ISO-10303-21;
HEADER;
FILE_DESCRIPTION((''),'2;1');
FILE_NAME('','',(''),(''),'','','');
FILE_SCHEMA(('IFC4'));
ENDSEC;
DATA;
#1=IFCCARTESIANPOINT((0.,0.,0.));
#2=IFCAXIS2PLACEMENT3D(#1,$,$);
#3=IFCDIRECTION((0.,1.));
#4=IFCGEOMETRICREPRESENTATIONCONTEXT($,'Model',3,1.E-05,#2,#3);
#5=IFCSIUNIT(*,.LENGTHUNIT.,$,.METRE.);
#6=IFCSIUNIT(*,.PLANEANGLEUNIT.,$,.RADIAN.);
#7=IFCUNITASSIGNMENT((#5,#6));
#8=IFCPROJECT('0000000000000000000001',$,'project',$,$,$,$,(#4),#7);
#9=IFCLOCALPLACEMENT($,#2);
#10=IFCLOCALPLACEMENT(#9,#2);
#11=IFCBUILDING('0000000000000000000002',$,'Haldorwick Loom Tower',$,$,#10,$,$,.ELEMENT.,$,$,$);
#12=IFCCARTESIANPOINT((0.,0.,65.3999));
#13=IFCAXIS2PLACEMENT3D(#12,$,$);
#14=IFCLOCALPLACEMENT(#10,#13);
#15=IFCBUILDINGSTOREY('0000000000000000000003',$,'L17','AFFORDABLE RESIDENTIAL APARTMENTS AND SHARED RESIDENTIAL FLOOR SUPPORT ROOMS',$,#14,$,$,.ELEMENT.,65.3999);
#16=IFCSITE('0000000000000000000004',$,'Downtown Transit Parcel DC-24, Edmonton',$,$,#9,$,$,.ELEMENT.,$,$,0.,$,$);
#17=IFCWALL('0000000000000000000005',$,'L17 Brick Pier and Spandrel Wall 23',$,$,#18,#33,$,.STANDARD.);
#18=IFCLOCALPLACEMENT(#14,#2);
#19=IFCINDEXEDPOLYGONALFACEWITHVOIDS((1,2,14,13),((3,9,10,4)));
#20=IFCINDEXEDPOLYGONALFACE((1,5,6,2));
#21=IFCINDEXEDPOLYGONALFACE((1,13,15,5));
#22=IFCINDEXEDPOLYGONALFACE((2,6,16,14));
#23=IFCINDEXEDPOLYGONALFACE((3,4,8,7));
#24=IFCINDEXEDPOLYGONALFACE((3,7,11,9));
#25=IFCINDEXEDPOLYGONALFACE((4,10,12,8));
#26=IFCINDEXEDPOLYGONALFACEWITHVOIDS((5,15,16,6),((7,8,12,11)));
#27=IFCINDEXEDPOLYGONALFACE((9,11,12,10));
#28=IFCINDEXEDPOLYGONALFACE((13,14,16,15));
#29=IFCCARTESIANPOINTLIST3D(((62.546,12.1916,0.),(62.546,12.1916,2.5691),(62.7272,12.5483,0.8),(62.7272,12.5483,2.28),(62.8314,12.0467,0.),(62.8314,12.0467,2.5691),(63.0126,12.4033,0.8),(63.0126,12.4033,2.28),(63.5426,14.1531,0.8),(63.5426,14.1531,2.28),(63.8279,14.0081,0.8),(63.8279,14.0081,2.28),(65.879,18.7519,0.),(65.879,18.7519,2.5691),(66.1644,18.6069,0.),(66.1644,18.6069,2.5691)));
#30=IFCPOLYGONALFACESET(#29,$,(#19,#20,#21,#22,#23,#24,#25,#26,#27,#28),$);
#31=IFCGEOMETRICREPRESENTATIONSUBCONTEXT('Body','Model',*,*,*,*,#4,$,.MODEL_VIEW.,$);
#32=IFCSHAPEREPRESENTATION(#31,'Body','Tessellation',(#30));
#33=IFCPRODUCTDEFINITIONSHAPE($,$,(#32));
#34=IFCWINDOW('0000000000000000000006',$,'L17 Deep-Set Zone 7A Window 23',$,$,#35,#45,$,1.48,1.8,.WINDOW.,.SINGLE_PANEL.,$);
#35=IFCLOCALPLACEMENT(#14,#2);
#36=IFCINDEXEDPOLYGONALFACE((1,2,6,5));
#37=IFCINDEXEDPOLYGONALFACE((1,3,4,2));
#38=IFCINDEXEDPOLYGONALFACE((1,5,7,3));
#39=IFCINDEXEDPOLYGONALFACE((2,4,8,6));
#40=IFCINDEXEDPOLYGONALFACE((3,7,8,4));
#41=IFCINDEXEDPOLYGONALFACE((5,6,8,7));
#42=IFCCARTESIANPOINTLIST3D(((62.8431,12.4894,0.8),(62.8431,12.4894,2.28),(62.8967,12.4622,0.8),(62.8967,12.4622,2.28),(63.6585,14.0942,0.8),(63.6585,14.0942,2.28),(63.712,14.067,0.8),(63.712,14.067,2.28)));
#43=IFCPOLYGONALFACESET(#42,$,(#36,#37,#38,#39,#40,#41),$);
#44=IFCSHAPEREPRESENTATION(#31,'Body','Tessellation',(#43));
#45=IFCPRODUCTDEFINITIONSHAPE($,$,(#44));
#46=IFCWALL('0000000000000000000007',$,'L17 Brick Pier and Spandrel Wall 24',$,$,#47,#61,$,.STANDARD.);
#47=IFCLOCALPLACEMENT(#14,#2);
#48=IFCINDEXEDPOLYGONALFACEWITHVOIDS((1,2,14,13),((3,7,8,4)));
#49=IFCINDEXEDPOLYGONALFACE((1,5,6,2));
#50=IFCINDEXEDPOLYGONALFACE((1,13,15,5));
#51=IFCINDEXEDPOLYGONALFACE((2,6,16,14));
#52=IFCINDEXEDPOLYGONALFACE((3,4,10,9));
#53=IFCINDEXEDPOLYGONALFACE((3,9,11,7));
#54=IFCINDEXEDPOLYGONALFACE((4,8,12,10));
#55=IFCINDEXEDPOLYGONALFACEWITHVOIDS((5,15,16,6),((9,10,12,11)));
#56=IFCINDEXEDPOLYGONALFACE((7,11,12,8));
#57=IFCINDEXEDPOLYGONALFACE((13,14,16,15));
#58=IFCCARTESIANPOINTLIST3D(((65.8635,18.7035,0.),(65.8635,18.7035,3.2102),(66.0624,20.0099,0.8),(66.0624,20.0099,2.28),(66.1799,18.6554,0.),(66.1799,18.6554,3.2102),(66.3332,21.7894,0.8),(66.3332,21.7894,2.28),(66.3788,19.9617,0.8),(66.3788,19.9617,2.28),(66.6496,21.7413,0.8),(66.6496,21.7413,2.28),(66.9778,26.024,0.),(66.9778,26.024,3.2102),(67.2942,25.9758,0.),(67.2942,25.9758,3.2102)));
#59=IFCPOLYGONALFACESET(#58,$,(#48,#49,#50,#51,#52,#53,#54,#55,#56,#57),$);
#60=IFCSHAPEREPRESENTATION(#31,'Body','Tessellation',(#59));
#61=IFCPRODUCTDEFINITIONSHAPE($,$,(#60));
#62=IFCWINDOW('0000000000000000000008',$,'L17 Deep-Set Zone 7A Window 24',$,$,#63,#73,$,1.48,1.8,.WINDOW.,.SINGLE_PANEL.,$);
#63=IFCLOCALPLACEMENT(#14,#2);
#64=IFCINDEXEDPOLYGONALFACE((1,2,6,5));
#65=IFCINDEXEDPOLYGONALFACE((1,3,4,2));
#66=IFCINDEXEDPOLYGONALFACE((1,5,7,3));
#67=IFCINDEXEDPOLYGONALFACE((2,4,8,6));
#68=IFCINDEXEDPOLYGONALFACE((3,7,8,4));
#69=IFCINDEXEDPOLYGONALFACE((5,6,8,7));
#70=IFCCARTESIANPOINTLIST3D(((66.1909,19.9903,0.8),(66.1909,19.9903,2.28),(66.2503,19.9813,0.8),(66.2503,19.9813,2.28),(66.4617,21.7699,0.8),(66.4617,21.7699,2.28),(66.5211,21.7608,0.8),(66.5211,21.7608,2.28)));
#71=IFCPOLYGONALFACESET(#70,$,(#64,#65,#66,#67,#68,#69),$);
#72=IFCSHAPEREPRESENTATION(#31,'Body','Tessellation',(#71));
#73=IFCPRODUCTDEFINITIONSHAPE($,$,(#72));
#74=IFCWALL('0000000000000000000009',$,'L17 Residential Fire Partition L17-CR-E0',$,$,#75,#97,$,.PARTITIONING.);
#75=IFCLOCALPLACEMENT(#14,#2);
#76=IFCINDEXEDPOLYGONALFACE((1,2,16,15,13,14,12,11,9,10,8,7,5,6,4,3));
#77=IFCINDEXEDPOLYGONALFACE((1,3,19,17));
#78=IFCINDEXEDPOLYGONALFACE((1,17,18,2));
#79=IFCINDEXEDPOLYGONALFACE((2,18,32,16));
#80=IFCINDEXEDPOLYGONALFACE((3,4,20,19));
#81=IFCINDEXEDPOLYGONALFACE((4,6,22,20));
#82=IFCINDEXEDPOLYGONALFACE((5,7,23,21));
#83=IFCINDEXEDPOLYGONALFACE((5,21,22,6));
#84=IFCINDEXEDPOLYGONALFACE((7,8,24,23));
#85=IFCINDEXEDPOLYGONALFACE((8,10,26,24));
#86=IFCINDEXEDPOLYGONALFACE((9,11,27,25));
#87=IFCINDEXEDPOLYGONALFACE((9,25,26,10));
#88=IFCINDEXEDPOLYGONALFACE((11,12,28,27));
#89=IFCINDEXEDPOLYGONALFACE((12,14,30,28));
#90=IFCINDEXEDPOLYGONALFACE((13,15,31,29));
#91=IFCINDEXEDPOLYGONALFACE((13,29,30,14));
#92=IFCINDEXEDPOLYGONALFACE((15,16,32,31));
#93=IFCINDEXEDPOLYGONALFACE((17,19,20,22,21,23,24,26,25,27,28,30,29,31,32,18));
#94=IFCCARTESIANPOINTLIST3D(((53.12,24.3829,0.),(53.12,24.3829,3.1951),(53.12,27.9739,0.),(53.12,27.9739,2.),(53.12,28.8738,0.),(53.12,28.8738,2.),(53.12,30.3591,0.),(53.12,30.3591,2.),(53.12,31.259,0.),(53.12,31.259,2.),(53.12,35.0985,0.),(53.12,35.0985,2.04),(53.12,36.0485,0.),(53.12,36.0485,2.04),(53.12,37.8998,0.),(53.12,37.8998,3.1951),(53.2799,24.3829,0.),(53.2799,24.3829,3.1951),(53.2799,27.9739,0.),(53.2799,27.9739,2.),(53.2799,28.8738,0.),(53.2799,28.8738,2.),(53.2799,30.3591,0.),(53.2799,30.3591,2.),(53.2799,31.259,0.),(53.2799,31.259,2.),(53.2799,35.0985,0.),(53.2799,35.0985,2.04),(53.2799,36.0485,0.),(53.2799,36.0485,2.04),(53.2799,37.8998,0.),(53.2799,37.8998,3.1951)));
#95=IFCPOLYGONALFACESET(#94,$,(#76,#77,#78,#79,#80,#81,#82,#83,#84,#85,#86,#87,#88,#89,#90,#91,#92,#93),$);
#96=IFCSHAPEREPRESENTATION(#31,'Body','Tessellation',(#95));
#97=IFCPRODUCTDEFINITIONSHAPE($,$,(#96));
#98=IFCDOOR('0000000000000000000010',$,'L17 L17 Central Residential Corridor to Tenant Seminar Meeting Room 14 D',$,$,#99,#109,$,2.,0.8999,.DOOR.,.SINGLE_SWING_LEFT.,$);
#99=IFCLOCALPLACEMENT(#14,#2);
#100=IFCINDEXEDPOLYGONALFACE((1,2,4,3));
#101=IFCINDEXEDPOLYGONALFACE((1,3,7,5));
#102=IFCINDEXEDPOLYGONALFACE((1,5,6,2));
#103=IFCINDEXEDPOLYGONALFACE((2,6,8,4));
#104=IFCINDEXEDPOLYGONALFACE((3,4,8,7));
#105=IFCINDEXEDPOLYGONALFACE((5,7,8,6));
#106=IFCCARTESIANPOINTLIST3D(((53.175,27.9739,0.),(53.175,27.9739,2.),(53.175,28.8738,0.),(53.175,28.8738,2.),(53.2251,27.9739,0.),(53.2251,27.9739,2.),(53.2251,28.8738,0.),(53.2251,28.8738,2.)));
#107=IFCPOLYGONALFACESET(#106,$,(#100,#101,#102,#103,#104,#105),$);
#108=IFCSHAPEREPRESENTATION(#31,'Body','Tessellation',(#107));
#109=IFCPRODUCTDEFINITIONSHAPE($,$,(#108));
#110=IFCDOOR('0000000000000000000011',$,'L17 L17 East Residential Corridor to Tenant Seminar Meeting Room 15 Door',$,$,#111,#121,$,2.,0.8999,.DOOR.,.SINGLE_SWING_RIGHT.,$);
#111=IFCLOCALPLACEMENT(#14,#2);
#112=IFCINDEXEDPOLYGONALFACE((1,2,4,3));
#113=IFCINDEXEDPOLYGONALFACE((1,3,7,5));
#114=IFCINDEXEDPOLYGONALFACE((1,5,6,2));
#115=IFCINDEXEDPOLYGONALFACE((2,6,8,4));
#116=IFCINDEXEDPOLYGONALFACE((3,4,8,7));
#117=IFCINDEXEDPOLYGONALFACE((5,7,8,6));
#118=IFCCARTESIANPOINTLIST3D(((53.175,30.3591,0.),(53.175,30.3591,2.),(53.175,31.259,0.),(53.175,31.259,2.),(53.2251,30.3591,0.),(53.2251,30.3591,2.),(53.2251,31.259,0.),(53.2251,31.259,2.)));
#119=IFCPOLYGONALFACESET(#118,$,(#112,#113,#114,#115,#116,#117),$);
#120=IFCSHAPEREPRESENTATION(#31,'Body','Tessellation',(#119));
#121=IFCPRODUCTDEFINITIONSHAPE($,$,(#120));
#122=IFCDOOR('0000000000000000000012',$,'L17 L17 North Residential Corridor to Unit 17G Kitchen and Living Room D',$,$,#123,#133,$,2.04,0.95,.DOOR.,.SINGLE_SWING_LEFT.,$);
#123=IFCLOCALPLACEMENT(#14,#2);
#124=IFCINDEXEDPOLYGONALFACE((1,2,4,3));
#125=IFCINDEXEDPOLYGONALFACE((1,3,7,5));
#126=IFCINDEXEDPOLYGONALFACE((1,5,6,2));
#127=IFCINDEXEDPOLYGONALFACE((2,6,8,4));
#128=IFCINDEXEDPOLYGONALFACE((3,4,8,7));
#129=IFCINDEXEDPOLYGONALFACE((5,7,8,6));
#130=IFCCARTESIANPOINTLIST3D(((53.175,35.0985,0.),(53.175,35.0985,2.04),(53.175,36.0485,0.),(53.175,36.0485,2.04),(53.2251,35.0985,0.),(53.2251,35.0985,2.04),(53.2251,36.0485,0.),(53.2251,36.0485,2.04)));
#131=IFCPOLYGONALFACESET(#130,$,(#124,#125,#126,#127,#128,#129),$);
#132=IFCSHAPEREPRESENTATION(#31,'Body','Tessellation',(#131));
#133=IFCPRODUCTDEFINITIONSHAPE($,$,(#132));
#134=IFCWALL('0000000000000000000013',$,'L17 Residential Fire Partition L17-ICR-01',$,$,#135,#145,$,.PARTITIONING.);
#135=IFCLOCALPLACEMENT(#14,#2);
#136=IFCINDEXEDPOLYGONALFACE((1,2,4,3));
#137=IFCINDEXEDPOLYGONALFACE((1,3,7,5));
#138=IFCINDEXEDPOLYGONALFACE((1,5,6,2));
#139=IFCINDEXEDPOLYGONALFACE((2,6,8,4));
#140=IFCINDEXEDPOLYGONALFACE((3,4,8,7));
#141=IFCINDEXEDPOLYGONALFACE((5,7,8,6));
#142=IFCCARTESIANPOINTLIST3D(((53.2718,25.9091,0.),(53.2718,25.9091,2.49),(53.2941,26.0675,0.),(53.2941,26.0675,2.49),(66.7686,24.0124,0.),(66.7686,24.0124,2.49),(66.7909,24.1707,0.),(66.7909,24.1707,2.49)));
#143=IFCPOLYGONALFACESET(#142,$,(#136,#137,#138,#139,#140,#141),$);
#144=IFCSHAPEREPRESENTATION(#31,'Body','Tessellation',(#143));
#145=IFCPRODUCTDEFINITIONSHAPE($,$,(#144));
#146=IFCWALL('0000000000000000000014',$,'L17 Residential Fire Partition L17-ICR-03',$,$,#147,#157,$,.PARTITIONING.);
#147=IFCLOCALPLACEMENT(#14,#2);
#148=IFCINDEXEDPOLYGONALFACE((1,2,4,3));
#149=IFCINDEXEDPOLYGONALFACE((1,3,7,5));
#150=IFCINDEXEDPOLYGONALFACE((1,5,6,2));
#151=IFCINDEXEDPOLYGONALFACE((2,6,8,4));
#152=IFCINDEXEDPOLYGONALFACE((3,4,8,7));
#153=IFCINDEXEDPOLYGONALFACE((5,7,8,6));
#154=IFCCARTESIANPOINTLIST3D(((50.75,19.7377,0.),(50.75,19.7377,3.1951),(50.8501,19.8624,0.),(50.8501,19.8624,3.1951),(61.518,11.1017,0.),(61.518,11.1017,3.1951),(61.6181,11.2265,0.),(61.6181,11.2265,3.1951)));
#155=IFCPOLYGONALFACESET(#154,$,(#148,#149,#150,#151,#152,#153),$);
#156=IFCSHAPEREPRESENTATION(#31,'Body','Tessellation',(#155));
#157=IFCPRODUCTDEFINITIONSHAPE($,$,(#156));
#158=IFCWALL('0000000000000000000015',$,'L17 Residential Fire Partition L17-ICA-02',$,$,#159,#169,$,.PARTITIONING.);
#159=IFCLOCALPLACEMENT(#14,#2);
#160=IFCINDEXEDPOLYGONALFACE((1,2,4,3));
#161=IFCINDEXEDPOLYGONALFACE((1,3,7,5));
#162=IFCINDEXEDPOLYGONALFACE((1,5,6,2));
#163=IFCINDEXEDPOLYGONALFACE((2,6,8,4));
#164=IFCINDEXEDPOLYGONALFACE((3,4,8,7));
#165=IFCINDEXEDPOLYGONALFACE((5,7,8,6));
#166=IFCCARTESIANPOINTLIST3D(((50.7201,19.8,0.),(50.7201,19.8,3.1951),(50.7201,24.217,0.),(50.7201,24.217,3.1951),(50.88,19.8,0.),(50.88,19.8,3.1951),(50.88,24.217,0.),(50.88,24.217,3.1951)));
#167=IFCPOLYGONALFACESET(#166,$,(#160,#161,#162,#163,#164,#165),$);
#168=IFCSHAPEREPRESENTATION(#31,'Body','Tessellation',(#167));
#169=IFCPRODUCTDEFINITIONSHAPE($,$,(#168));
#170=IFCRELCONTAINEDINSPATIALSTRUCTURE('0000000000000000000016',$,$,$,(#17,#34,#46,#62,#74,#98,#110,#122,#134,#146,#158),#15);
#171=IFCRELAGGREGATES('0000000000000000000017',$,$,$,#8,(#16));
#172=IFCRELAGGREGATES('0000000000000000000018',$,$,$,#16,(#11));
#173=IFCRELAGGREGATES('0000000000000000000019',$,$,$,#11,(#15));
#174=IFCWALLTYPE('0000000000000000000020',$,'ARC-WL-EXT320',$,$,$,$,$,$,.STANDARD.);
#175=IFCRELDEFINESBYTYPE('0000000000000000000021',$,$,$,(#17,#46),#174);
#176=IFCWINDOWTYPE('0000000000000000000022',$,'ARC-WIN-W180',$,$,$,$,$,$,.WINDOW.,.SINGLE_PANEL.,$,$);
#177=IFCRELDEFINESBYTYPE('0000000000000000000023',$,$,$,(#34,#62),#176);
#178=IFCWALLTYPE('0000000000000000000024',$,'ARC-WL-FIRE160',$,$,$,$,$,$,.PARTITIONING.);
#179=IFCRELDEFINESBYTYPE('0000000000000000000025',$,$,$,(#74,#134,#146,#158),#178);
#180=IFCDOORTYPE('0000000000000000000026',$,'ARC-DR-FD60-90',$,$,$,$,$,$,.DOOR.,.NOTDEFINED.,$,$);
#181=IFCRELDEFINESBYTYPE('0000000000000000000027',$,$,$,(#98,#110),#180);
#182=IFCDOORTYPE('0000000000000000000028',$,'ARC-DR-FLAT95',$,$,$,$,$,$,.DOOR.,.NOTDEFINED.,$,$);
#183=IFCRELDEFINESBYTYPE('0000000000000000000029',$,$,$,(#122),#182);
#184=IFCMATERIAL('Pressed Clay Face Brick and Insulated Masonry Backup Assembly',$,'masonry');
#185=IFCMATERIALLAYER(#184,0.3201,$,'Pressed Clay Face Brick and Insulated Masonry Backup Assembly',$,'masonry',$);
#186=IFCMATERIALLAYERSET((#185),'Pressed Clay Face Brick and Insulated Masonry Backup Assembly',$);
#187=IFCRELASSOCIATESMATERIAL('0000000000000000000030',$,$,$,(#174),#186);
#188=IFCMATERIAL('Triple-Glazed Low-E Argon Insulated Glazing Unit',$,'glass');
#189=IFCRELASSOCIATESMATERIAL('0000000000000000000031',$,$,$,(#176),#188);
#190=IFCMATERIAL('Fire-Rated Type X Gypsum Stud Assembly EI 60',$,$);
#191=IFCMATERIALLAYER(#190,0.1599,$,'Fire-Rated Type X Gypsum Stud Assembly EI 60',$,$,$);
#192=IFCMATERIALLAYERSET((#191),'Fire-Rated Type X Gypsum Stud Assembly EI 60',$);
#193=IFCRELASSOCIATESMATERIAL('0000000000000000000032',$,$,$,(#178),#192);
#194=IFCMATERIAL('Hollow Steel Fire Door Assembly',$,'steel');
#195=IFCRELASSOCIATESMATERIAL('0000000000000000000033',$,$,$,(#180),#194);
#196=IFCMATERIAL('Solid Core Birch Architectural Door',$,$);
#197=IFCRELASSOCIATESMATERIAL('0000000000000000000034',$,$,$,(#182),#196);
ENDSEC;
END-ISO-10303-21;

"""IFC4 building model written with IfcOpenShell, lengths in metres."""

from ifc_helpers import new_model, si_unit, direction, frame, frame_2d, origin, place, context, subcontext, project, spatial, rectangle, extrude, material, layer, layer_set, type_object, element, fill, save


model = new_model("IFC4")

# Units and contexts
model_context = context("Model", 3, precision=1e-05, world=origin(), true_north=direction((0.0, 1.0)))
body_context = subcontext(model_context, "Body", "Model", "MODEL_VIEW")
ifc_project = project(units=[si_unit("LENGTHUNIT", "METRE"), si_unit("PLANEANGLEUNIT", "RADIAN")], contexts=[model_context])

# Site, building, storey
site_placement = place(None, origin())
site = spatial("IfcSite", under=ifc_project, at=site_placement, Name="Downtown Transit Parcel DC-24, Edmonton", CompositionType="ELEMENT", RefElevation=0.0)
building_placement = place(site_placement, origin())
building = spatial("IfcBuilding", under=site, at=building_placement, Name="Haldorwick Loom Tower", CompositionType="ELEMENT")
storey_placement = place(building_placement, frame((0.0, 0.0, 65.3999)))
storey = spatial("IfcBuildingStorey", under=building, at=storey_placement, Name="L17", Description="AFFORDABLE RESIDENTIAL APARTMENTS AND SHARED RESIDENTIAL FLOOR SUPPORT ROOMS", CompositionType="ELEMENT", Elevation=65.3999)

# Shared definitions
ifc_material_1 = material(Name="Pressed Clay Face Brick and Insulated Masonry Backup Assembly", Category="masonry")
ifc_layer_1 = layer(ifc_material_1, 0.3201, Name="Pressed Clay Face Brick and Insulated Masonry Backup Assembly", Category="masonry")
ifc_layer_set_1 = layer_set([ifc_layer_1], Name="Pressed Clay Face Brick and Insulated Masonry Backup Assembly")
wall_type_1 = type_object("IfcWallType", Name="ARC-WL-EXT320", PredefinedType="STANDARD", material=ifc_layer_set_1)
ifc_material_2 = material(Name="Triple-Glazed Low-E Argon Insulated Glazing Unit", Category="glass")
window_type = type_object("IfcWindowType", Name="ARC-WIN-W180", PartitioningType="SINGLE_PANEL", PredefinedType="WINDOW", material=ifc_material_2)

# Walls, openings, windows
wall_1_placement = place(storey_placement, frame((62.6887, 12.1191, 0.0), z_axis=(0.0, 0.0, 1.0), x_axis=(0.452951, 0.891535, 0.0)))
wall_1 = element("IfcWall", 1, at=wall_1_placement, inside=storey, type_object=wall_type_1, Name="L17 Brick Pier and Spandrel Wall 23", PredefinedType="STANDARD", context=body_context, shape_type="SweptSolid", body=[
    extrude(rectangle(XDim=7.3584, YDim=0.3201, at=frame_2d((3.6792, 0.0))), origin(), (0.0, 0.0, 1.0), 2.5691),
])
opening_1_placement = place(wall_1_placement, frame((0.4001, 0.0, 0.8)))
opening_1 = element("IfcOpeningElement", 2, at=opening_1_placement, cuts=wall_1, PredefinedType="OPENING", context=body_context, shape_type="SweptSolid", body=[
    extrude(rectangle(XDim=1.8, YDim=1.48, at=frame_2d((0.8999, 0.74))), frame((0.0, 0.1699, 0.0), z_axis=(0.0, -1.0, 0.0), x_axis=(1.0, 0.0, 0.0)), (0.0, 0.0, 1.0), 0.3401),
])
window_1_placement = place(opening_1_placement, origin())
window_1 = element("IfcWindow", 3, at=window_1_placement, inside=storey, type_object=window_type, Name="L17 Deep-Set Zone 7A Window 23", OverallHeight=1.48, OverallWidth=1.8, PartitioningType="SINGLE_PANEL", PredefinedType="WINDOW", context=body_context, shape_type="SweptSolid", body=[
    extrude(rectangle(XDim=1.8, YDim=1.48, at=frame_2d((0.8999, 0.74))), frame((0.0, 0.03, 0.0), z_axis=(0.0, -1.0, 0.0), x_axis=(1.0, 0.0, 0.0)), (0.0, 0.0, 1.0), 0.0601),
])
fill(opening_1, window_1)
wall_2_placement = place(storey_placement, frame((66.0217, 18.6794, 0.0), z_axis=(0.0, 0.0, 1.0), x_axis=(0.150476, 0.988614, 0.0)))
wall_2 = element("IfcWall", 4, at=wall_2_placement, inside=storey, type_object=wall_type_1, Name="L17 Brick Pier and Spandrel Wall 24", PredefinedType="STANDARD", context=body_context, shape_type="SweptSolid", body=[
    extrude(rectangle(XDim=7.4048, YDim=0.3201, at=frame_2d((3.7024, 0.0))), origin(), (0.0, 0.0, 1.0), 3.2102),
])
opening_2_placement = place(wall_2_placement, frame((1.3215, 0.0, 0.8)))
opening_2 = element("IfcOpeningElement", 5, at=opening_2_placement, cuts=wall_2, PredefinedType="OPENING", context=body_context, shape_type="SweptSolid", body=[
    extrude(rectangle(XDim=1.8, YDim=1.48, at=frame_2d((0.8999, 0.74))), frame((0.0, 0.1699, 0.0), z_axis=(0.0, -1.0, 0.0), x_axis=(1.0, 0.0, 0.0)), (0.0, 0.0, 1.0), 0.3401),
])
window_2_placement = place(opening_2_placement, origin())
window_2 = element("IfcWindow", 6, at=window_2_placement, inside=storey, type_object=window_type, Name="L17 Deep-Set Zone 7A Window 24", OverallHeight=1.48, OverallWidth=1.8, PartitioningType="SINGLE_PANEL", PredefinedType="WINDOW", context=body_context, shape_type="SweptSolid", body=[
    extrude(rectangle(XDim=1.8, YDim=1.48, at=frame_2d((0.8999, 0.74))), frame((0.0, 0.03, 0.0), z_axis=(0.0, -1.0, 0.0), x_axis=(1.0, 0.0, 0.0)), (0.0, 0.0, 1.0), 0.0601),
])
fill(opening_2, window_2)

# Wall, openings, doors
ifc_material_3 = material(Name="Fire-Rated Type X Gypsum Stud Assembly EI 60")
ifc_layer_2 = layer(ifc_material_3, 0.1599, Name="Fire-Rated Type X Gypsum Stud Assembly EI 60")
ifc_layer_set_2 = layer_set([ifc_layer_2], Name="Fire-Rated Type X Gypsum Stud Assembly EI 60")
wall_type_2 = type_object("IfcWallType", Name="ARC-WL-FIRE160", PredefinedType="PARTITIONING", material=ifc_layer_set_2)
wall_3_placement = place(storey_placement, frame((53.2, 24.3831, 0.0), z_axis=(0.0, 0.0, 1.0), x_axis=(0.0, 1.0, 0.0)))
wall_3 = element("IfcWall", 7, at=wall_3_placement, inside=storey, type_object=wall_type_2, Name="L17 Residential Fire Partition L17-CR-E0", PredefinedType="PARTITIONING", context=body_context, shape_type="SweptSolid", body=[
    extrude(rectangle(XDim=13.5168, YDim=0.1599, at=frame_2d((6.7583, 0.0))), origin(), (0.0, 0.0, 1.0), 3.1951),
])
opening_3_placement = place(wall_3_placement, frame((10.7153, 0.0, 0.0)))
opening_3 = element("IfcOpeningElement", 8, at=opening_3_placement, cuts=wall_3, PredefinedType="OPENING", context=body_context, shape_type="SweptSolid", body=[
    extrude(rectangle(XDim=0.95, YDim=2.04, at=frame_2d((0.4751, 1.02))), frame((0.0, 0.0898, 0.0), z_axis=(0.0, -1.0, 0.0), x_axis=(1.0, 0.0, 0.0)), (0.0, 0.0, 1.0), 0.1799),
])
opening_4_placement = place(wall_3_placement, frame((3.5908, 0.0, 0.0)))
opening_4 = element("IfcOpeningElement", 9, at=opening_4_placement, cuts=wall_3, PredefinedType="OPENING", context=body_context, shape_type="SweptSolid", body=[
    extrude(rectangle(XDim=0.8999, YDim=2.0, at=frame_2d((0.45, 1.0))), frame((0.0, 0.0898, 0.0), z_axis=(0.0, -1.0, 0.0), x_axis=(1.0, 0.0, 0.0)), (0.0, 0.0, 1.0), 0.1799),
])
opening_5_placement = place(wall_3_placement, frame((5.9761, 0.0, 0.0)))
opening_5 = element("IfcOpeningElement", 10, at=opening_5_placement, cuts=wall_3, PredefinedType="OPENING", context=body_context, shape_type="SweptSolid", body=[
    extrude(rectangle(XDim=0.8999, YDim=2.0, at=frame_2d((0.45, 1.0))), frame((0.0, 0.0898, 0.0), z_axis=(0.0, -1.0, 0.0), x_axis=(1.0, 0.0, 0.0)), (0.0, 0.0, 1.0), 0.1799),
])
ifc_material_4 = material(Name="Hollow Steel Fire Door Assembly", Category="steel")
door_type_1 = type_object("IfcDoorType", Name="ARC-DR-FD60-90", OperationType="NOTDEFINED", PredefinedType="DOOR", material=ifc_material_4)
door_1_placement = place(opening_4_placement, origin())
door_1 = element("IfcDoor", 11, at=door_1_placement, inside=storey, type_object=door_type_1, Name="L17 L17 Central Residential Corridor to Tenant Seminar Meeting Room 14 D", OperationType="SINGLE_SWING_LEFT", OverallHeight=2.0, OverallWidth=0.8999, PredefinedType="DOOR", context=body_context, shape_type="SweptSolid", body=[
    extrude(rectangle(XDim=0.8999, YDim=2.0, at=frame_2d((0.45, 1.0))), frame((0.0, 0.0249, 0.0), z_axis=(0.0, -1.0, 0.0), x_axis=(1.0, 0.0, 0.0)), (0.0, 0.0, 1.0), 0.05),
])
fill(opening_4, door_1)
door_2_placement = place(opening_5_placement, origin())
door_2 = element("IfcDoor", 12, at=door_2_placement, inside=storey, type_object=door_type_1, Name="L17 L17 East Residential Corridor to Tenant Seminar Meeting Room 15 Door", OperationType="SINGLE_SWING_RIGHT", OverallHeight=2.0, OverallWidth=0.8999, PredefinedType="DOOR", context=body_context, shape_type="SweptSolid", body=[
    extrude(rectangle(XDim=0.8999, YDim=2.0, at=frame_2d((0.45, 1.0))), frame((0.0, 0.0249, 0.0), z_axis=(0.0, -1.0, 0.0), x_axis=(1.0, 0.0, 0.0)), (0.0, 0.0, 1.0), 0.05),
])
fill(opening_5, door_2)
ifc_material_5 = material(Name="Solid Core Birch Architectural Door")
door_type_2 = type_object("IfcDoorType", Name="ARC-DR-FLAT95", OperationType="NOTDEFINED", PredefinedType="DOOR", material=ifc_material_5)
door_3_placement = place(opening_3_placement, origin())
door_3 = element("IfcDoor", 13, at=door_3_placement, inside=storey, type_object=door_type_2, Name="L17 L17 North Residential Corridor to Unit 17G Kitchen and Living Room D", OperationType="SINGLE_SWING_LEFT", OverallHeight=2.04, OverallWidth=0.95, PredefinedType="DOOR", context=body_context, shape_type="SweptSolid", body=[
    extrude(rectangle(XDim=0.95, YDim=2.04, at=frame_2d((0.4751, 1.02))), frame((0.0, 0.0249, 0.0), z_axis=(0.0, -1.0, 0.0), x_axis=(1.0, 0.0, 0.0)), (0.0, 0.0, 1.0), 0.05),
])
fill(opening_3, door_3)

# Walls
wall_4_placement = place(storey_placement, frame((53.283, 25.9883, 0.0), z_axis=(0.0, 0.0, 1.0), x_axis=(0.990269, -0.139164, 0.0)))
element("IfcWall", 14, at=wall_4_placement, inside=storey, type_object=wall_type_2, Name="L17 Residential Fire Partition L17-ICR-01", PredefinedType="PARTITIONING", context=body_context, shape_type="SweptSolid", body=[
    extrude(rectangle(XDim=13.6294, YDim=0.1599, at=frame_2d((6.8147, 0.0))), origin(), (0.0, 0.0, 1.0), 2.49),
])
wall_5_placement = place(storey_placement, frame((50.8, 19.8, 0.0), z_axis=(0.0, 0.0, 1.0), x_axis=(0.780107, -0.625646, 0.0)))
element("IfcWall", 15, at=wall_5_placement, inside=storey, type_object=wall_type_2, Name="L17 Residential Fire Partition L17-ICR-03", PredefinedType="PARTITIONING", context=body_context, shape_type="SweptSolid", body=[
    extrude(rectangle(XDim=13.8032, YDim=0.1599, at=frame_2d((6.9016, 0.0))), origin(), (0.0, 0.0, 1.0), 3.1951),
])
wall_6_placement = place(storey_placement, frame((50.8, 24.217, 0.0), z_axis=(0.0, 0.0, 1.0), x_axis=(0.0, -1.0, 0.0)))
element("IfcWall", 16, at=wall_6_placement, inside=storey, type_object=wall_type_2, Name="L17 Residential Fire Partition L17-ICA-02", PredefinedType="PARTITIONING", context=body_context, shape_type="SweptSolid", body=[
    extrude(rectangle(XDim=4.417, YDim=0.1599, at=frame_2d((2.2085, 0.0))), origin(), (0.0, 0.0, 1.0), 3.1951),
])

save(model, "model.ifc")
